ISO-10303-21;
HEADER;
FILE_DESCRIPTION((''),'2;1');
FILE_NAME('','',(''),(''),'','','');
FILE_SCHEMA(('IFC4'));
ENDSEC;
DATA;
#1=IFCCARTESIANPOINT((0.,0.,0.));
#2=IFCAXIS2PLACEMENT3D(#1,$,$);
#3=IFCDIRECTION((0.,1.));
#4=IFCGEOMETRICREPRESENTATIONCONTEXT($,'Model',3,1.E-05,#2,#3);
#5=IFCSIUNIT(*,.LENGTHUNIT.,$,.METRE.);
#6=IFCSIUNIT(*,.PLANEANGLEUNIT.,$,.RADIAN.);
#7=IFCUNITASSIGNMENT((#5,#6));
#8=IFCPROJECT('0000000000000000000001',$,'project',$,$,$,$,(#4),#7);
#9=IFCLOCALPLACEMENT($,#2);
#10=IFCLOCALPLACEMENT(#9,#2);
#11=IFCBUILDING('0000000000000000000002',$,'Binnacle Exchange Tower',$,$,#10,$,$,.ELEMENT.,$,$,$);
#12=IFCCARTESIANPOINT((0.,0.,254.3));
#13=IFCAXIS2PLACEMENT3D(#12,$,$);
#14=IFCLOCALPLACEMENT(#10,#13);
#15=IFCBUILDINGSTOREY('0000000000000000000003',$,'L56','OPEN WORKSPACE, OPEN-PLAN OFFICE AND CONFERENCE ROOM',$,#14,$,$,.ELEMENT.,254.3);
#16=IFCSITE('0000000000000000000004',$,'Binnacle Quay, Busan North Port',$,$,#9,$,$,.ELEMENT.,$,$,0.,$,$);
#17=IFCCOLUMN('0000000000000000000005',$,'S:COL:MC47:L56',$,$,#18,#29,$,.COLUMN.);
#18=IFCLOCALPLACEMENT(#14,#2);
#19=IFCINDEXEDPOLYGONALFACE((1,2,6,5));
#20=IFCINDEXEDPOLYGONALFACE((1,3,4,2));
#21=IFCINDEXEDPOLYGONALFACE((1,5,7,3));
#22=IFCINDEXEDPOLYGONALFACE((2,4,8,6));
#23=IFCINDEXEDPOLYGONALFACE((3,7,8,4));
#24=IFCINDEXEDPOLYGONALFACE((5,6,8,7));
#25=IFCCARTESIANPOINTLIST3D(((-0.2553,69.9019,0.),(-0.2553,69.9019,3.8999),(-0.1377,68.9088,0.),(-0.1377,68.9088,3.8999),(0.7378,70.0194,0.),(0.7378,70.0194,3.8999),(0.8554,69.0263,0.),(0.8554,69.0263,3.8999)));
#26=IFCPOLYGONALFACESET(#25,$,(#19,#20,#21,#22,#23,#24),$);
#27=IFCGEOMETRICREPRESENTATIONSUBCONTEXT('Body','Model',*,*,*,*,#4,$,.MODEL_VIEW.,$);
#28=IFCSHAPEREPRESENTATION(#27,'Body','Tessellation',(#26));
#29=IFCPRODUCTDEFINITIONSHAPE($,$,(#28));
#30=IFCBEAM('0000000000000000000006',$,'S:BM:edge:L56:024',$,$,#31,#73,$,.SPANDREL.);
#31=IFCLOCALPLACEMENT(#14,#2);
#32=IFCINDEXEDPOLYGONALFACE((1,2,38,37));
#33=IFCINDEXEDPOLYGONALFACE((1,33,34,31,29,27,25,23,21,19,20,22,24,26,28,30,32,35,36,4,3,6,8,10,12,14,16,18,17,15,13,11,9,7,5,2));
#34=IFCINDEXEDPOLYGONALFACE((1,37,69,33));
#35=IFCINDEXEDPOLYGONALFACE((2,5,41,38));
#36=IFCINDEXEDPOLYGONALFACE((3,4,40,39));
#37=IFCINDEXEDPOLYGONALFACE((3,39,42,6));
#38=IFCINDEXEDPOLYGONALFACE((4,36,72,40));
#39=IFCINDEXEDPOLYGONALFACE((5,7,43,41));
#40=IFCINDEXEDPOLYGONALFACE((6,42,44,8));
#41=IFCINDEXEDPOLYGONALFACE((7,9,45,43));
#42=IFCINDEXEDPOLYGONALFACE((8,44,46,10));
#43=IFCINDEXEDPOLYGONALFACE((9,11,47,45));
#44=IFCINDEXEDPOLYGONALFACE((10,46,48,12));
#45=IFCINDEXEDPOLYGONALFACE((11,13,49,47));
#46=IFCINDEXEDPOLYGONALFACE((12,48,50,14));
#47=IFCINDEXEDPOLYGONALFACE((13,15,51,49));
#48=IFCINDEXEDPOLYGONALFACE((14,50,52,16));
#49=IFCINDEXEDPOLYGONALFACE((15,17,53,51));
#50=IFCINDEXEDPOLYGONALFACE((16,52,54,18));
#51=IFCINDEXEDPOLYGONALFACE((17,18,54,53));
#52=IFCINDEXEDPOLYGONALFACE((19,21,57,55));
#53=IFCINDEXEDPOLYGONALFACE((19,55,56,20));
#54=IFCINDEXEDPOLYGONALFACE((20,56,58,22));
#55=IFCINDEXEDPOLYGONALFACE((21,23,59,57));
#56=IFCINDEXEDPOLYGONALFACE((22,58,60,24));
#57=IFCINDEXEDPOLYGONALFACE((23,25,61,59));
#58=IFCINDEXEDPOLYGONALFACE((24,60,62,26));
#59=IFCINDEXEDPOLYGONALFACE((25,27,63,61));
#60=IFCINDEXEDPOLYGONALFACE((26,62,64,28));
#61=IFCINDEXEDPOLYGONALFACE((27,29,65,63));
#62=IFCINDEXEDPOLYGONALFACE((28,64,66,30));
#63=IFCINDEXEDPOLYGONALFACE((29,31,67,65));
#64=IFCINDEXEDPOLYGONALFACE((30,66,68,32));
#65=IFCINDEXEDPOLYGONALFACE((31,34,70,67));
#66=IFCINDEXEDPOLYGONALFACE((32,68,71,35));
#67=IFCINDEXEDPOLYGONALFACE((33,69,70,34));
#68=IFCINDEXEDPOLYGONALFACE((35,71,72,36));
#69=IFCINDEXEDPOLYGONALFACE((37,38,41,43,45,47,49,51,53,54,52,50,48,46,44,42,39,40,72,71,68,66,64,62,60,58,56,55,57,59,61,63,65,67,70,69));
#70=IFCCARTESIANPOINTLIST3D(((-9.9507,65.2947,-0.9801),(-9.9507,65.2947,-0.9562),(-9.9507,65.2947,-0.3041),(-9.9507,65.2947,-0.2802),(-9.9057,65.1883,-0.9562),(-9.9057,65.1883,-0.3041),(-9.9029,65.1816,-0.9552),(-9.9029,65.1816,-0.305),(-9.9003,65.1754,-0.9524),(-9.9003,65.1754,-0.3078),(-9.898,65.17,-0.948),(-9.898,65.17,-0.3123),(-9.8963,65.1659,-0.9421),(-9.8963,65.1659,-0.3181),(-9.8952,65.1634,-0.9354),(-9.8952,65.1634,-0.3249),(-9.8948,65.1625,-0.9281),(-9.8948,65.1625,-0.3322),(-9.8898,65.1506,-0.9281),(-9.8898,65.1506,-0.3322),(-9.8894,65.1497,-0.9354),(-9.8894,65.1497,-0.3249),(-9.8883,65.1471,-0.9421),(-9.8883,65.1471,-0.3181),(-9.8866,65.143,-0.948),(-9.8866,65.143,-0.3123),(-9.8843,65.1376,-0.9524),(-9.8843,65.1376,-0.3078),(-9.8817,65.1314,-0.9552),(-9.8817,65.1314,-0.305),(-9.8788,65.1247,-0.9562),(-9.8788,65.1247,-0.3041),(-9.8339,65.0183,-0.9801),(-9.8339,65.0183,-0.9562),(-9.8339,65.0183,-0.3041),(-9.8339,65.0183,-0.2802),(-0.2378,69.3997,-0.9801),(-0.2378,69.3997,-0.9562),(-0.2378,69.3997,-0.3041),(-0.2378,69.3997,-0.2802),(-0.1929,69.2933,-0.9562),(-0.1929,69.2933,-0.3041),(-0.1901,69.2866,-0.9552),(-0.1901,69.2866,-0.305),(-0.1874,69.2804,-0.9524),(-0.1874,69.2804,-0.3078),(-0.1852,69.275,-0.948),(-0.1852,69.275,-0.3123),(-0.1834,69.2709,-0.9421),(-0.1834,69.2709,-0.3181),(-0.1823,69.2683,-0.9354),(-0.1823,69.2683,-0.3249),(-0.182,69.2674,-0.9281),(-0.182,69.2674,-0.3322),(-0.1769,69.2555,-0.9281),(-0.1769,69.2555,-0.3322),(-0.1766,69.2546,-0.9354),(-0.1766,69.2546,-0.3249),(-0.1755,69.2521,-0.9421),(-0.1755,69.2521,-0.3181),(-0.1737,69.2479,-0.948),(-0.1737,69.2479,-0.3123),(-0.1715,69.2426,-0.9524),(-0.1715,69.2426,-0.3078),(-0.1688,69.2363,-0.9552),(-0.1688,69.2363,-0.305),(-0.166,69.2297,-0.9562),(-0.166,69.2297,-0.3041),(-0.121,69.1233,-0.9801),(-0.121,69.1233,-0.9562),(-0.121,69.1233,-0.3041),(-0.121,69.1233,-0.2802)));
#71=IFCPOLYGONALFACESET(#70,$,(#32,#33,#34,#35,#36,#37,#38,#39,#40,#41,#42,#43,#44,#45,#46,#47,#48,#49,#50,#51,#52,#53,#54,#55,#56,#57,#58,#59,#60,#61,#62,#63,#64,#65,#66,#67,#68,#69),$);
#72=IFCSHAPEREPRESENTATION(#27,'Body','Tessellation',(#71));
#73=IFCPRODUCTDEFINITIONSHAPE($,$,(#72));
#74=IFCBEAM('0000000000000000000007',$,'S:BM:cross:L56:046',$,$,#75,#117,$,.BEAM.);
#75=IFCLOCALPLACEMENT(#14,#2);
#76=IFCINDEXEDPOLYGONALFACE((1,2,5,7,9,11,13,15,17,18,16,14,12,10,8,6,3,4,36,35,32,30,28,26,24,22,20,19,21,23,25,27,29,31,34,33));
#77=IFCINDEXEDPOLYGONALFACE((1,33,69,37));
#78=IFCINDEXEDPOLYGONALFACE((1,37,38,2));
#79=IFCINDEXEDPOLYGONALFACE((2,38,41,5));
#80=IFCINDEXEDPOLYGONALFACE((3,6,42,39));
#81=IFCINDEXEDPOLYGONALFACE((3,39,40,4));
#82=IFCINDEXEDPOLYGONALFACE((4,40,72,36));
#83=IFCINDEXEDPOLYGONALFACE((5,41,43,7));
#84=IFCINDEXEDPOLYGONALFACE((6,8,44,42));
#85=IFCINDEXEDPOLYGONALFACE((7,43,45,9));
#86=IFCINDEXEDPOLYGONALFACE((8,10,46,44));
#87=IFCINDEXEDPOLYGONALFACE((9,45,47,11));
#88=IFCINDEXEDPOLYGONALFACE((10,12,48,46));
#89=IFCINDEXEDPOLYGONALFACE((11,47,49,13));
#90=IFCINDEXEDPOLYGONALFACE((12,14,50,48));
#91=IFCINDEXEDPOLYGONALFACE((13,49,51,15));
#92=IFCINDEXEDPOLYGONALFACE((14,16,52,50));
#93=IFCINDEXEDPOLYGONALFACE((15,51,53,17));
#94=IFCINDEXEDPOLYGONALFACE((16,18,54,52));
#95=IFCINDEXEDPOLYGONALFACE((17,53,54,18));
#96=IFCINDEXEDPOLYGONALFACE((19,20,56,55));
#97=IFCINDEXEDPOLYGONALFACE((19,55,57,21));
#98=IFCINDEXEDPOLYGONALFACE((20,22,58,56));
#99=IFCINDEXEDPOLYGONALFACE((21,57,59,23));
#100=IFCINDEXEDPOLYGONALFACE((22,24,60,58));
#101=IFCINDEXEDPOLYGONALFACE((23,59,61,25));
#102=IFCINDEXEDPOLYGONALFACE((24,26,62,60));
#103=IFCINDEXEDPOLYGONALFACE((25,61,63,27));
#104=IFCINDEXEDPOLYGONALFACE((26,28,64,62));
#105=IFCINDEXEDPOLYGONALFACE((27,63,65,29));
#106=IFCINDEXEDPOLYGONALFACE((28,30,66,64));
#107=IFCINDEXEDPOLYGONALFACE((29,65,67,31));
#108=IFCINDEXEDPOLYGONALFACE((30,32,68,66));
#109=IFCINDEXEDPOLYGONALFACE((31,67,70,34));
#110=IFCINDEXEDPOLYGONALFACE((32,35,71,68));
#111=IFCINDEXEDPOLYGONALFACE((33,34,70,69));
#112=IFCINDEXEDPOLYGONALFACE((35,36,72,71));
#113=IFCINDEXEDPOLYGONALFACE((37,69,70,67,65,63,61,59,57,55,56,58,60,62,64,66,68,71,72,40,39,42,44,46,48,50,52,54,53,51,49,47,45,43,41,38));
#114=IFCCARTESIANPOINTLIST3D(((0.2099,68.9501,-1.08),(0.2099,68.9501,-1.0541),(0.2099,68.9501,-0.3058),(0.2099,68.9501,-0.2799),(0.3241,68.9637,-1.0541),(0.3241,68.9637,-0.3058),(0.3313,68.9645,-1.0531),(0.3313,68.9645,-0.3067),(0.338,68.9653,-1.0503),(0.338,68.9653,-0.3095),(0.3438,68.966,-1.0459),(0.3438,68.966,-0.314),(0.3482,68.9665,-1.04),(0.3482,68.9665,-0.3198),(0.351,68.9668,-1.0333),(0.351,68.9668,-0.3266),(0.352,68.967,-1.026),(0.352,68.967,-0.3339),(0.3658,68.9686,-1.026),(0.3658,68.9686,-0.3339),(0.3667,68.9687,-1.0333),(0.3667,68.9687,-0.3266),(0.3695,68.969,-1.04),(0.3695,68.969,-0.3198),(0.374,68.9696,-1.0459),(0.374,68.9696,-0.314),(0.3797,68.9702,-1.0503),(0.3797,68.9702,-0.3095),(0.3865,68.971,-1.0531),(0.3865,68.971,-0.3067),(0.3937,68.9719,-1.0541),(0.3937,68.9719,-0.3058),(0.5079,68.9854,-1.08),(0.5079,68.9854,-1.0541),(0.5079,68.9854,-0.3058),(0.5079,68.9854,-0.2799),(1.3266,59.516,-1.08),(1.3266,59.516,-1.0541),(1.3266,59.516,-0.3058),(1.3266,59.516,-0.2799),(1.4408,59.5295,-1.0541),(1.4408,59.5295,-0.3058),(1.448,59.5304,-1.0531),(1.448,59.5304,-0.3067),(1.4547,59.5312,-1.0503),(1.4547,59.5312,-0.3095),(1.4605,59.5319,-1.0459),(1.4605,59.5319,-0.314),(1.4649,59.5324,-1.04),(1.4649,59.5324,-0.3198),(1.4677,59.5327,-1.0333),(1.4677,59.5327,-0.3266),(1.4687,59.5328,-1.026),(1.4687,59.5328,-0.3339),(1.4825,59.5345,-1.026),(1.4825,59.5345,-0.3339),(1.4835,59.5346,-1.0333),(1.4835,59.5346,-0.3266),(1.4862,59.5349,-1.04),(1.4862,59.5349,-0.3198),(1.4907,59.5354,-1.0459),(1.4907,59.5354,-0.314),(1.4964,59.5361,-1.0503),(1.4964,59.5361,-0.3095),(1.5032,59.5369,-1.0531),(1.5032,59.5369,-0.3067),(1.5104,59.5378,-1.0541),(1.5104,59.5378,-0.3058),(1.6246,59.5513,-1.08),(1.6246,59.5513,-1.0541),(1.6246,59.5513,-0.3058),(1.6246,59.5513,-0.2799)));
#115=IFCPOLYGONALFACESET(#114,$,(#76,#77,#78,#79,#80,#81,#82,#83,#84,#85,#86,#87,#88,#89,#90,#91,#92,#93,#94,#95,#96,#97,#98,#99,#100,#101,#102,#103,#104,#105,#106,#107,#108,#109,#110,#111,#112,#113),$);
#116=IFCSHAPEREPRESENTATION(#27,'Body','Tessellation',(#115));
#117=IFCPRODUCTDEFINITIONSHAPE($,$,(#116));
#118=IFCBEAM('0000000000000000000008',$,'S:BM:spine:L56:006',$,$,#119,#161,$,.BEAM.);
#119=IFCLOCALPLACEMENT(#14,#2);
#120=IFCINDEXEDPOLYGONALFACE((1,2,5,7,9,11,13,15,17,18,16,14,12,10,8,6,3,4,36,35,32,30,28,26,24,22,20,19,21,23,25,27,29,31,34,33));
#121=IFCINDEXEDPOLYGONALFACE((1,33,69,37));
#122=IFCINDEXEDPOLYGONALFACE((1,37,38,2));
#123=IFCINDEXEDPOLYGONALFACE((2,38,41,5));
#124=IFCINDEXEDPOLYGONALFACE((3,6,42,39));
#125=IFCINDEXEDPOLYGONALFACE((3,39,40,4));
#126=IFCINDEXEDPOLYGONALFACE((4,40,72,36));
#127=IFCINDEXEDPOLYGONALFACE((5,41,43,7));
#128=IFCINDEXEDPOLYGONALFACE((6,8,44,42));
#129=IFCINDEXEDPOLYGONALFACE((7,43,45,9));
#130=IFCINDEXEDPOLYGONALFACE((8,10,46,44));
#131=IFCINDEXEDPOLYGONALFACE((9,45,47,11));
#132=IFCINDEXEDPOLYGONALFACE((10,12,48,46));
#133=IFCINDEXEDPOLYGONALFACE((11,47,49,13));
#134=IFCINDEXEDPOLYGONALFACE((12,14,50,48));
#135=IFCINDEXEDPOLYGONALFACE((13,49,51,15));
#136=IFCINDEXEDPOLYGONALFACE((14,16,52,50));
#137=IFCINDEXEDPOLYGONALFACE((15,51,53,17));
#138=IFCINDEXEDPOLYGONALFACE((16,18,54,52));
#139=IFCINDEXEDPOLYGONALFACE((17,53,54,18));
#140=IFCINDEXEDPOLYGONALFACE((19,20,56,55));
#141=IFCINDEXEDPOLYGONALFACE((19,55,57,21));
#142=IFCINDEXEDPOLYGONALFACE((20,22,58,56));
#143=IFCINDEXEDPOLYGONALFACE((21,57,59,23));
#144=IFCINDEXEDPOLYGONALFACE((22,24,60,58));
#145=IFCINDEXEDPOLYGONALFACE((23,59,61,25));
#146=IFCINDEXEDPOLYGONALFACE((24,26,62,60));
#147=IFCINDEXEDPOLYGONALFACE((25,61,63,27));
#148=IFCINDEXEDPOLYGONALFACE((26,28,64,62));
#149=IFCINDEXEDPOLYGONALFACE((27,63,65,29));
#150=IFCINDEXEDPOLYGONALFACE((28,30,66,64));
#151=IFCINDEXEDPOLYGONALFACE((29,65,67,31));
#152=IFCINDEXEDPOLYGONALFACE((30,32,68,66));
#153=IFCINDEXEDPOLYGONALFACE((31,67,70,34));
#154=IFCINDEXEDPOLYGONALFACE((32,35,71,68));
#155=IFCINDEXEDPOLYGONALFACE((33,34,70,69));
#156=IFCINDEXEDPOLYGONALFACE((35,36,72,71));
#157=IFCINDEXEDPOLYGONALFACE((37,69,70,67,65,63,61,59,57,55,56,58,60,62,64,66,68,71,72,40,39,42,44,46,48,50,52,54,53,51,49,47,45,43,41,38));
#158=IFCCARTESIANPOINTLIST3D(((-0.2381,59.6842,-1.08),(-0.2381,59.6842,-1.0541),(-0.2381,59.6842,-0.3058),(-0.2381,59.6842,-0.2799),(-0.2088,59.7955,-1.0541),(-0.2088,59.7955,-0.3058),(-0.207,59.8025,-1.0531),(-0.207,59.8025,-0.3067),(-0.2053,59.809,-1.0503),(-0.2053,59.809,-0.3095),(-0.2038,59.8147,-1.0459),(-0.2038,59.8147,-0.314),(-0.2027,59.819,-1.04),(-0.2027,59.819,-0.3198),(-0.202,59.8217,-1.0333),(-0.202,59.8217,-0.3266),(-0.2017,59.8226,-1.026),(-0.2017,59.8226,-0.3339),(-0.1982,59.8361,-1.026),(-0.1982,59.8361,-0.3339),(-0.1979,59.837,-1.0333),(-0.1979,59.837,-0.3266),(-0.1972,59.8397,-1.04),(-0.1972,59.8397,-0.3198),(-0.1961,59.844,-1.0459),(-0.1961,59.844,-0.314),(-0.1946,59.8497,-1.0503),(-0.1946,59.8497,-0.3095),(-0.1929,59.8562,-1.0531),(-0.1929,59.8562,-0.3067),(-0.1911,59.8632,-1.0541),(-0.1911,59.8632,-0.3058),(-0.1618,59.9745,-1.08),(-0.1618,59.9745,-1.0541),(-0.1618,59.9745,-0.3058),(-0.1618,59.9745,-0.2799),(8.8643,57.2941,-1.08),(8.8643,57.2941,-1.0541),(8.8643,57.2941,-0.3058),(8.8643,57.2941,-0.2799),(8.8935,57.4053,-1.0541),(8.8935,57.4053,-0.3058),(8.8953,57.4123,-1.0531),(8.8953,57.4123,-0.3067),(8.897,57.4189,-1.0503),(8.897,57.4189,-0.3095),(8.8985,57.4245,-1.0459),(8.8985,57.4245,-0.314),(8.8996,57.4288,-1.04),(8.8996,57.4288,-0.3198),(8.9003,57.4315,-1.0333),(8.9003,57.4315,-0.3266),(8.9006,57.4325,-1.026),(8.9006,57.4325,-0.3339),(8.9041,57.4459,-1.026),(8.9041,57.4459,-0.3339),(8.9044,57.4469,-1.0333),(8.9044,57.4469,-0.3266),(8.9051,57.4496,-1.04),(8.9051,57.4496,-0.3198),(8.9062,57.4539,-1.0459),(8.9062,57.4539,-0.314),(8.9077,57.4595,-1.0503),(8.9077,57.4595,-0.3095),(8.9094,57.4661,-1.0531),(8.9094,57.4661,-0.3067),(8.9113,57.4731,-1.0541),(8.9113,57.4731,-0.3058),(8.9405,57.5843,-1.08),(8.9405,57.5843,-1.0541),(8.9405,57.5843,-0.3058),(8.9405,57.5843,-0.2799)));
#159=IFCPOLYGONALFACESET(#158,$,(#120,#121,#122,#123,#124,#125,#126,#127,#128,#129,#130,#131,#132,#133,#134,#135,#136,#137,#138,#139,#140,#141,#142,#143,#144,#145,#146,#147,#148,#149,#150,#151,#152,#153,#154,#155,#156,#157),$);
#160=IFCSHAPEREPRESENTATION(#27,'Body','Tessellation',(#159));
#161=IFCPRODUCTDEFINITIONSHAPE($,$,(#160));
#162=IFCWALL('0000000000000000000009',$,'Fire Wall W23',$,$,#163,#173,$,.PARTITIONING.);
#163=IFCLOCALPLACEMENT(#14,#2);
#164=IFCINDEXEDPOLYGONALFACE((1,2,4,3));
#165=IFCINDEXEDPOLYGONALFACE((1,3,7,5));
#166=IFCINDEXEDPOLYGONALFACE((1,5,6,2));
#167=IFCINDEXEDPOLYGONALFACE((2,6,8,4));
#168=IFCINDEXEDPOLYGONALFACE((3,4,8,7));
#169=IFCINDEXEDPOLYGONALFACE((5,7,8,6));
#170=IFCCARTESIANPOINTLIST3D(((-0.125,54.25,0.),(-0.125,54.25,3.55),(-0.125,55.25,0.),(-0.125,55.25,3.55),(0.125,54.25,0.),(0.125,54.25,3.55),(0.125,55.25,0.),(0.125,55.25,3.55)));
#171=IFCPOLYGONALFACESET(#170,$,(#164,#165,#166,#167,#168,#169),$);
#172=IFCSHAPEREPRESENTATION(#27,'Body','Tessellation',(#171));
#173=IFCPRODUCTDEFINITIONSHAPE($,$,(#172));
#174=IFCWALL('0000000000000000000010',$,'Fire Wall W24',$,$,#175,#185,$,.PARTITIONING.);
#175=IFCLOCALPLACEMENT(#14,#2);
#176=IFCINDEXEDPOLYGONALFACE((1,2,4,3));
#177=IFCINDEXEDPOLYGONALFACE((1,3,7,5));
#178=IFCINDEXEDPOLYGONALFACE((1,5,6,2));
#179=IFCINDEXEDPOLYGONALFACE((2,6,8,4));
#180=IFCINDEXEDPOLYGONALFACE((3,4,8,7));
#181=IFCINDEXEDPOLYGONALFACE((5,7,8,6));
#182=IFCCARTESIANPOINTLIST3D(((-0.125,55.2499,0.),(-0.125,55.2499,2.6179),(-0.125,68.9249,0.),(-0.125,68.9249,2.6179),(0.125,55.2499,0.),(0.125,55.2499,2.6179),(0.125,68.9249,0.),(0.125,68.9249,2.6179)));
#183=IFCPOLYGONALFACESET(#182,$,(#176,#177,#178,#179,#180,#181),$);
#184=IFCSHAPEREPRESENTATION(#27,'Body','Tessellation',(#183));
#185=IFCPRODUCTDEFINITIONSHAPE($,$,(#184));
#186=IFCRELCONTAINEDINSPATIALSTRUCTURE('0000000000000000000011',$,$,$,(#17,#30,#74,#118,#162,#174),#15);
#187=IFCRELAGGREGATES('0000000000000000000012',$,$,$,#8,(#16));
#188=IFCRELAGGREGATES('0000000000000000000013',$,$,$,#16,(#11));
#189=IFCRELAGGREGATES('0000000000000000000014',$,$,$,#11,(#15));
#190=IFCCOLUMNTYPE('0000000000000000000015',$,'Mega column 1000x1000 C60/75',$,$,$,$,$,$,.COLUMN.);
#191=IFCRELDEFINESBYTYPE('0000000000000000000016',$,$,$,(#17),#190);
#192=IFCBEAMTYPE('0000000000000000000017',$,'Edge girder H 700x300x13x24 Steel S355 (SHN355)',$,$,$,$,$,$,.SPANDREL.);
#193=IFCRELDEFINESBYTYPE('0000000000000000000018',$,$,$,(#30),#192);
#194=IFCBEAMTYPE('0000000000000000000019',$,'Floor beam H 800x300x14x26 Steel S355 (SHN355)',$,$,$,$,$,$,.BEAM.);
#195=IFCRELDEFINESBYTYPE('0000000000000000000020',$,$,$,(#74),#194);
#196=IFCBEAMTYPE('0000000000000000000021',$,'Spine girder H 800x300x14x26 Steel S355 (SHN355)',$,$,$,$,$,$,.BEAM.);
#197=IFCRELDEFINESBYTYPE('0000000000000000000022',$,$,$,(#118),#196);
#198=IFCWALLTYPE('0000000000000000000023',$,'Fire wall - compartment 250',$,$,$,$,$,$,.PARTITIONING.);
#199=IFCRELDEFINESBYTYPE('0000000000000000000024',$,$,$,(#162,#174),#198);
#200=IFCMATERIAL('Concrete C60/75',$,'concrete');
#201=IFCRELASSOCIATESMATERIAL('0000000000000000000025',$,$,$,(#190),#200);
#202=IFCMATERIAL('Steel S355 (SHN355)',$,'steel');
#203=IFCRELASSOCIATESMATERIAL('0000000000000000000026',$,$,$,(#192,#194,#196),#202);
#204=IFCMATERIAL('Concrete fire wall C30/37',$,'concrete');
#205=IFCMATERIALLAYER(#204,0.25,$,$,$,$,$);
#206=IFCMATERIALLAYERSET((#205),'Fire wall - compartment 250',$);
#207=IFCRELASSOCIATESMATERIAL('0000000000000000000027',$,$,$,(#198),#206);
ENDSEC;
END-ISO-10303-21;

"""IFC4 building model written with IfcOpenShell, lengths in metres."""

from ifc_helpers import new_model, si_unit, direction, frame, frame_2d, origin, origin_2d, place, context, subcontext, project, spatial, rectangle, i_section, extrude, material, layer, layer_set, material_profile, profile_set, type_object, element, save


model = new_model("IFC4")

# Units and contexts
model_context = context("Model", 3, precision=1e-05, world=origin(), true_north=direction((0.0, 1.0)))
body_context = subcontext(model_context, "Body", "Model", "MODEL_VIEW")
ifc_project = project(units=[si_unit("LENGTHUNIT", "METRE"), si_unit("PLANEANGLEUNIT", "RADIAN")], contexts=[model_context])

# Site, building, storey
site_placement = place(None, origin())
site = spatial("IfcSite", under=ifc_project, at=site_placement, Name="Binnacle Quay, Busan North Port", CompositionType="ELEMENT", RefElevation=0.0)
building_placement = place(site_placement, origin())
building = spatial("IfcBuilding", under=site, at=building_placement, Name="Binnacle Exchange Tower", CompositionType="ELEMENT")
storey_placement = place(building_placement, frame((0.0, 0.0, 254.3)))
storey = spatial("IfcBuildingStorey", under=building, at=storey_placement, Name="L56", Description="OPEN WORKSPACE, OPEN-PLAN OFFICE AND CONFERENCE ROOM", CompositionType="ELEMENT", Elevation=254.3)

# Column
ifc_material_1 = material(Name="Concrete C60/75", Category="concrete")
ifc_material_profile_1 = material_profile(ifc_material_1, rectangle(XDim=1.0, YDim=1.0, at=origin_2d()), Name="Mega column 1000x1000 C60/75")
ifc_profile_set_1 = profile_set([ifc_material_profile_1], Name="Concrete C60/75")
column_type = type_object("IfcColumnType", Name="Mega column 1000x1000 C60/75", PredefinedType="COLUMN", material=ifc_profile_set_1)
column_placement = place(storey_placement, frame((0.3, 69.4641, 0.0), z_axis=(0.0, 0.0, 1.0), x_axis=(-0.993068, -0.117537, 0.0)))
element("IfcColumn", 1, at=column_placement, inside=storey, type_object=column_type, Name="S:COL:MC47:L56", PredefinedType="COLUMN", context=body_context, shape_type="SweptSolid", body=[
    extrude(rectangle(XDim=1.0, YDim=1.0, at=origin_2d()), origin(), (0.0, 0.0, 1.0), 3.8999),
])

# Beams
ifc_material_2 = material(Name="Steel S355 (SHN355)", Category="steel")
ifc_material_profile_2 = material_profile(ifc_material_2, i_section(OverallWidth=0.3, OverallDepth=0.7, WebThickness=0.0129, FlangeThickness=0.0239, FilletRadius=0.0281, at=origin_2d()), Name="H 700x300x13x24")
ifc_profile_set_2 = profile_set([ifc_material_profile_2], Name="Steel S355 (SHN355)")
beam_type_1 = type_object("IfcBeamType", Name="Edge girder H 700x300x13x24 Steel S355 (SHN355)", PredefinedType="SPANDREL", material=ifc_profile_set_2)
beam_1_placement = place(storey_placement, frame((-0.1794, 69.2615, -0.6301), z_axis=(-0.921114, -0.389293, 0.0), x_axis=(0.389293, -0.921114, 0.0)))
element("IfcBeam", 2, at=beam_1_placement, inside=storey, type_object=beam_type_1, Name="S:BM:edge:L56:024", PredefinedType="SPANDREL", context=body_context, shape_type="SweptSolid", body=[
    extrude(i_section(OverallWidth=0.3, OverallDepth=0.7, WebThickness=0.0129, FlangeThickness=0.0239, FilletRadius=0.0281, at=origin_2d()), origin(), (0.0, 0.0, 1.0), 10.5447),
])
ifc_material_profile_3 = material_profile(ifc_material_2, i_section(OverallWidth=0.3, OverallDepth=0.8, WebThickness=0.0139, FlangeThickness=0.0259, FilletRadius=0.0281, at=origin_2d()), Name="H 800x300x14x26")
ifc_profile_set_3 = profile_set([ifc_material_profile_3], Name="Steel S355 (SHN355)")
beam_type_2 = type_object("IfcBeamType", Name="Floor beam H 800x300x14x26 Steel S355 (SHN355)", PredefinedType="BEAM", material=ifc_profile_set_3)
beam_2_placement = place(storey_placement, frame((0.3589, 68.9678, -0.6799), z_axis=(0.117548, -0.993067, 0.0), x_axis=(0.993067, 0.117548, 0.0)))
element("IfcBeam", 3, at=beam_2_placement, inside=storey, type_object=beam_type_2, Name="S:BM:cross:L56:046", PredefinedType="BEAM", context=body_context, shape_type="SweptSolid", body=[
    extrude(i_section(OverallWidth=0.3, OverallDepth=0.8, WebThickness=0.0139, FlangeThickness=0.0259, FilletRadius=0.0281, at=origin_2d()), origin(), (0.0, 0.0, 1.0), 9.5),
])
ifc_material_profile_4 = material_profile(ifc_material_2, i_section(OverallWidth=0.3, OverallDepth=0.8, WebThickness=0.0139, FlangeThickness=0.0259, FilletRadius=0.0281, at=origin_2d()), Name="H 800x300x14x26")
ifc_profile_set_4 = profile_set([ifc_material_profile_4], Name="Steel S355 (SHN355)")
beam_type_3 = type_object("IfcBeamType", Name="Spine girder H 800x300x14x26 Steel S355 (SHN355)", PredefinedType="BEAM", material=ifc_profile_set_4)
beam_3_placement = place(storey_placement, frame((-0.2, 59.8293, -0.6799), z_axis=(0.96721, -0.253976, 0.0), x_axis=(0.253976, 0.96721, 0.0)))
element("IfcBeam", 4, at=beam_3_placement, inside=storey, type_object=beam_type_3, Name="S:BM:spine:L56:006", PredefinedType="BEAM", context=body_context, shape_type="SweptSolid", body=[
    extrude(i_section(OverallWidth=0.3, OverallDepth=0.8, WebThickness=0.0139, FlangeThickness=0.0259, FilletRadius=0.0281, at=origin_2d()), origin(), (0.0, 0.0, 1.0), 9.4109),
])

# Walls
ifc_material_3 = material(Name="Concrete fire wall C30/37", Category="concrete")
ifc_layer_1 = layer(ifc_material_3, 0.25)
ifc_layer_set_1 = layer_set([ifc_layer_1], Name="Fire wall - compartment 250")
wall_type_1 = type_object("IfcWallType", Name="Fire wall - compartment 250", PredefinedType="PARTITIONING", material=ifc_layer_set_1)
wall_1_placement = place(storey_placement, frame((0.0, 54.25, 0.0), z_axis=(0.0, 0.0, 1.0), x_axis=(0.0, 1.0, 0.0)))
element("IfcWall", 5, at=wall_1_placement, inside=storey, type_object=wall_type_1, Name="Fire Wall W23", PredefinedType="PARTITIONING", context=body_context, shape_type="SweptSolid", body=[
    extrude(rectangle(XDim=1.0, YDim=0.25, at=frame_2d((0.5, 0.0))), origin(), (0.0, 0.0, 1.0), 3.55),
])
wall_2_placement = place(storey_placement, frame((0.0, 55.25, 0.0), z_axis=(0.0, 0.0, 1.0), x_axis=(0.0, 1.0, 0.0)))
element("IfcWall", 6, at=wall_2_placement, inside=storey, type_object=wall_type_1, Name="Fire Wall W24", PredefinedType="PARTITIONING", context=body_context, shape_type="SweptSolid", body=[
    extrude(rectangle(XDim=13.675, YDim=0.25, at=frame_2d((6.8374, 0.0))), origin(), (0.0, 0.0, 1.0), 2.6179),
])

save(model, "model.ifc")
